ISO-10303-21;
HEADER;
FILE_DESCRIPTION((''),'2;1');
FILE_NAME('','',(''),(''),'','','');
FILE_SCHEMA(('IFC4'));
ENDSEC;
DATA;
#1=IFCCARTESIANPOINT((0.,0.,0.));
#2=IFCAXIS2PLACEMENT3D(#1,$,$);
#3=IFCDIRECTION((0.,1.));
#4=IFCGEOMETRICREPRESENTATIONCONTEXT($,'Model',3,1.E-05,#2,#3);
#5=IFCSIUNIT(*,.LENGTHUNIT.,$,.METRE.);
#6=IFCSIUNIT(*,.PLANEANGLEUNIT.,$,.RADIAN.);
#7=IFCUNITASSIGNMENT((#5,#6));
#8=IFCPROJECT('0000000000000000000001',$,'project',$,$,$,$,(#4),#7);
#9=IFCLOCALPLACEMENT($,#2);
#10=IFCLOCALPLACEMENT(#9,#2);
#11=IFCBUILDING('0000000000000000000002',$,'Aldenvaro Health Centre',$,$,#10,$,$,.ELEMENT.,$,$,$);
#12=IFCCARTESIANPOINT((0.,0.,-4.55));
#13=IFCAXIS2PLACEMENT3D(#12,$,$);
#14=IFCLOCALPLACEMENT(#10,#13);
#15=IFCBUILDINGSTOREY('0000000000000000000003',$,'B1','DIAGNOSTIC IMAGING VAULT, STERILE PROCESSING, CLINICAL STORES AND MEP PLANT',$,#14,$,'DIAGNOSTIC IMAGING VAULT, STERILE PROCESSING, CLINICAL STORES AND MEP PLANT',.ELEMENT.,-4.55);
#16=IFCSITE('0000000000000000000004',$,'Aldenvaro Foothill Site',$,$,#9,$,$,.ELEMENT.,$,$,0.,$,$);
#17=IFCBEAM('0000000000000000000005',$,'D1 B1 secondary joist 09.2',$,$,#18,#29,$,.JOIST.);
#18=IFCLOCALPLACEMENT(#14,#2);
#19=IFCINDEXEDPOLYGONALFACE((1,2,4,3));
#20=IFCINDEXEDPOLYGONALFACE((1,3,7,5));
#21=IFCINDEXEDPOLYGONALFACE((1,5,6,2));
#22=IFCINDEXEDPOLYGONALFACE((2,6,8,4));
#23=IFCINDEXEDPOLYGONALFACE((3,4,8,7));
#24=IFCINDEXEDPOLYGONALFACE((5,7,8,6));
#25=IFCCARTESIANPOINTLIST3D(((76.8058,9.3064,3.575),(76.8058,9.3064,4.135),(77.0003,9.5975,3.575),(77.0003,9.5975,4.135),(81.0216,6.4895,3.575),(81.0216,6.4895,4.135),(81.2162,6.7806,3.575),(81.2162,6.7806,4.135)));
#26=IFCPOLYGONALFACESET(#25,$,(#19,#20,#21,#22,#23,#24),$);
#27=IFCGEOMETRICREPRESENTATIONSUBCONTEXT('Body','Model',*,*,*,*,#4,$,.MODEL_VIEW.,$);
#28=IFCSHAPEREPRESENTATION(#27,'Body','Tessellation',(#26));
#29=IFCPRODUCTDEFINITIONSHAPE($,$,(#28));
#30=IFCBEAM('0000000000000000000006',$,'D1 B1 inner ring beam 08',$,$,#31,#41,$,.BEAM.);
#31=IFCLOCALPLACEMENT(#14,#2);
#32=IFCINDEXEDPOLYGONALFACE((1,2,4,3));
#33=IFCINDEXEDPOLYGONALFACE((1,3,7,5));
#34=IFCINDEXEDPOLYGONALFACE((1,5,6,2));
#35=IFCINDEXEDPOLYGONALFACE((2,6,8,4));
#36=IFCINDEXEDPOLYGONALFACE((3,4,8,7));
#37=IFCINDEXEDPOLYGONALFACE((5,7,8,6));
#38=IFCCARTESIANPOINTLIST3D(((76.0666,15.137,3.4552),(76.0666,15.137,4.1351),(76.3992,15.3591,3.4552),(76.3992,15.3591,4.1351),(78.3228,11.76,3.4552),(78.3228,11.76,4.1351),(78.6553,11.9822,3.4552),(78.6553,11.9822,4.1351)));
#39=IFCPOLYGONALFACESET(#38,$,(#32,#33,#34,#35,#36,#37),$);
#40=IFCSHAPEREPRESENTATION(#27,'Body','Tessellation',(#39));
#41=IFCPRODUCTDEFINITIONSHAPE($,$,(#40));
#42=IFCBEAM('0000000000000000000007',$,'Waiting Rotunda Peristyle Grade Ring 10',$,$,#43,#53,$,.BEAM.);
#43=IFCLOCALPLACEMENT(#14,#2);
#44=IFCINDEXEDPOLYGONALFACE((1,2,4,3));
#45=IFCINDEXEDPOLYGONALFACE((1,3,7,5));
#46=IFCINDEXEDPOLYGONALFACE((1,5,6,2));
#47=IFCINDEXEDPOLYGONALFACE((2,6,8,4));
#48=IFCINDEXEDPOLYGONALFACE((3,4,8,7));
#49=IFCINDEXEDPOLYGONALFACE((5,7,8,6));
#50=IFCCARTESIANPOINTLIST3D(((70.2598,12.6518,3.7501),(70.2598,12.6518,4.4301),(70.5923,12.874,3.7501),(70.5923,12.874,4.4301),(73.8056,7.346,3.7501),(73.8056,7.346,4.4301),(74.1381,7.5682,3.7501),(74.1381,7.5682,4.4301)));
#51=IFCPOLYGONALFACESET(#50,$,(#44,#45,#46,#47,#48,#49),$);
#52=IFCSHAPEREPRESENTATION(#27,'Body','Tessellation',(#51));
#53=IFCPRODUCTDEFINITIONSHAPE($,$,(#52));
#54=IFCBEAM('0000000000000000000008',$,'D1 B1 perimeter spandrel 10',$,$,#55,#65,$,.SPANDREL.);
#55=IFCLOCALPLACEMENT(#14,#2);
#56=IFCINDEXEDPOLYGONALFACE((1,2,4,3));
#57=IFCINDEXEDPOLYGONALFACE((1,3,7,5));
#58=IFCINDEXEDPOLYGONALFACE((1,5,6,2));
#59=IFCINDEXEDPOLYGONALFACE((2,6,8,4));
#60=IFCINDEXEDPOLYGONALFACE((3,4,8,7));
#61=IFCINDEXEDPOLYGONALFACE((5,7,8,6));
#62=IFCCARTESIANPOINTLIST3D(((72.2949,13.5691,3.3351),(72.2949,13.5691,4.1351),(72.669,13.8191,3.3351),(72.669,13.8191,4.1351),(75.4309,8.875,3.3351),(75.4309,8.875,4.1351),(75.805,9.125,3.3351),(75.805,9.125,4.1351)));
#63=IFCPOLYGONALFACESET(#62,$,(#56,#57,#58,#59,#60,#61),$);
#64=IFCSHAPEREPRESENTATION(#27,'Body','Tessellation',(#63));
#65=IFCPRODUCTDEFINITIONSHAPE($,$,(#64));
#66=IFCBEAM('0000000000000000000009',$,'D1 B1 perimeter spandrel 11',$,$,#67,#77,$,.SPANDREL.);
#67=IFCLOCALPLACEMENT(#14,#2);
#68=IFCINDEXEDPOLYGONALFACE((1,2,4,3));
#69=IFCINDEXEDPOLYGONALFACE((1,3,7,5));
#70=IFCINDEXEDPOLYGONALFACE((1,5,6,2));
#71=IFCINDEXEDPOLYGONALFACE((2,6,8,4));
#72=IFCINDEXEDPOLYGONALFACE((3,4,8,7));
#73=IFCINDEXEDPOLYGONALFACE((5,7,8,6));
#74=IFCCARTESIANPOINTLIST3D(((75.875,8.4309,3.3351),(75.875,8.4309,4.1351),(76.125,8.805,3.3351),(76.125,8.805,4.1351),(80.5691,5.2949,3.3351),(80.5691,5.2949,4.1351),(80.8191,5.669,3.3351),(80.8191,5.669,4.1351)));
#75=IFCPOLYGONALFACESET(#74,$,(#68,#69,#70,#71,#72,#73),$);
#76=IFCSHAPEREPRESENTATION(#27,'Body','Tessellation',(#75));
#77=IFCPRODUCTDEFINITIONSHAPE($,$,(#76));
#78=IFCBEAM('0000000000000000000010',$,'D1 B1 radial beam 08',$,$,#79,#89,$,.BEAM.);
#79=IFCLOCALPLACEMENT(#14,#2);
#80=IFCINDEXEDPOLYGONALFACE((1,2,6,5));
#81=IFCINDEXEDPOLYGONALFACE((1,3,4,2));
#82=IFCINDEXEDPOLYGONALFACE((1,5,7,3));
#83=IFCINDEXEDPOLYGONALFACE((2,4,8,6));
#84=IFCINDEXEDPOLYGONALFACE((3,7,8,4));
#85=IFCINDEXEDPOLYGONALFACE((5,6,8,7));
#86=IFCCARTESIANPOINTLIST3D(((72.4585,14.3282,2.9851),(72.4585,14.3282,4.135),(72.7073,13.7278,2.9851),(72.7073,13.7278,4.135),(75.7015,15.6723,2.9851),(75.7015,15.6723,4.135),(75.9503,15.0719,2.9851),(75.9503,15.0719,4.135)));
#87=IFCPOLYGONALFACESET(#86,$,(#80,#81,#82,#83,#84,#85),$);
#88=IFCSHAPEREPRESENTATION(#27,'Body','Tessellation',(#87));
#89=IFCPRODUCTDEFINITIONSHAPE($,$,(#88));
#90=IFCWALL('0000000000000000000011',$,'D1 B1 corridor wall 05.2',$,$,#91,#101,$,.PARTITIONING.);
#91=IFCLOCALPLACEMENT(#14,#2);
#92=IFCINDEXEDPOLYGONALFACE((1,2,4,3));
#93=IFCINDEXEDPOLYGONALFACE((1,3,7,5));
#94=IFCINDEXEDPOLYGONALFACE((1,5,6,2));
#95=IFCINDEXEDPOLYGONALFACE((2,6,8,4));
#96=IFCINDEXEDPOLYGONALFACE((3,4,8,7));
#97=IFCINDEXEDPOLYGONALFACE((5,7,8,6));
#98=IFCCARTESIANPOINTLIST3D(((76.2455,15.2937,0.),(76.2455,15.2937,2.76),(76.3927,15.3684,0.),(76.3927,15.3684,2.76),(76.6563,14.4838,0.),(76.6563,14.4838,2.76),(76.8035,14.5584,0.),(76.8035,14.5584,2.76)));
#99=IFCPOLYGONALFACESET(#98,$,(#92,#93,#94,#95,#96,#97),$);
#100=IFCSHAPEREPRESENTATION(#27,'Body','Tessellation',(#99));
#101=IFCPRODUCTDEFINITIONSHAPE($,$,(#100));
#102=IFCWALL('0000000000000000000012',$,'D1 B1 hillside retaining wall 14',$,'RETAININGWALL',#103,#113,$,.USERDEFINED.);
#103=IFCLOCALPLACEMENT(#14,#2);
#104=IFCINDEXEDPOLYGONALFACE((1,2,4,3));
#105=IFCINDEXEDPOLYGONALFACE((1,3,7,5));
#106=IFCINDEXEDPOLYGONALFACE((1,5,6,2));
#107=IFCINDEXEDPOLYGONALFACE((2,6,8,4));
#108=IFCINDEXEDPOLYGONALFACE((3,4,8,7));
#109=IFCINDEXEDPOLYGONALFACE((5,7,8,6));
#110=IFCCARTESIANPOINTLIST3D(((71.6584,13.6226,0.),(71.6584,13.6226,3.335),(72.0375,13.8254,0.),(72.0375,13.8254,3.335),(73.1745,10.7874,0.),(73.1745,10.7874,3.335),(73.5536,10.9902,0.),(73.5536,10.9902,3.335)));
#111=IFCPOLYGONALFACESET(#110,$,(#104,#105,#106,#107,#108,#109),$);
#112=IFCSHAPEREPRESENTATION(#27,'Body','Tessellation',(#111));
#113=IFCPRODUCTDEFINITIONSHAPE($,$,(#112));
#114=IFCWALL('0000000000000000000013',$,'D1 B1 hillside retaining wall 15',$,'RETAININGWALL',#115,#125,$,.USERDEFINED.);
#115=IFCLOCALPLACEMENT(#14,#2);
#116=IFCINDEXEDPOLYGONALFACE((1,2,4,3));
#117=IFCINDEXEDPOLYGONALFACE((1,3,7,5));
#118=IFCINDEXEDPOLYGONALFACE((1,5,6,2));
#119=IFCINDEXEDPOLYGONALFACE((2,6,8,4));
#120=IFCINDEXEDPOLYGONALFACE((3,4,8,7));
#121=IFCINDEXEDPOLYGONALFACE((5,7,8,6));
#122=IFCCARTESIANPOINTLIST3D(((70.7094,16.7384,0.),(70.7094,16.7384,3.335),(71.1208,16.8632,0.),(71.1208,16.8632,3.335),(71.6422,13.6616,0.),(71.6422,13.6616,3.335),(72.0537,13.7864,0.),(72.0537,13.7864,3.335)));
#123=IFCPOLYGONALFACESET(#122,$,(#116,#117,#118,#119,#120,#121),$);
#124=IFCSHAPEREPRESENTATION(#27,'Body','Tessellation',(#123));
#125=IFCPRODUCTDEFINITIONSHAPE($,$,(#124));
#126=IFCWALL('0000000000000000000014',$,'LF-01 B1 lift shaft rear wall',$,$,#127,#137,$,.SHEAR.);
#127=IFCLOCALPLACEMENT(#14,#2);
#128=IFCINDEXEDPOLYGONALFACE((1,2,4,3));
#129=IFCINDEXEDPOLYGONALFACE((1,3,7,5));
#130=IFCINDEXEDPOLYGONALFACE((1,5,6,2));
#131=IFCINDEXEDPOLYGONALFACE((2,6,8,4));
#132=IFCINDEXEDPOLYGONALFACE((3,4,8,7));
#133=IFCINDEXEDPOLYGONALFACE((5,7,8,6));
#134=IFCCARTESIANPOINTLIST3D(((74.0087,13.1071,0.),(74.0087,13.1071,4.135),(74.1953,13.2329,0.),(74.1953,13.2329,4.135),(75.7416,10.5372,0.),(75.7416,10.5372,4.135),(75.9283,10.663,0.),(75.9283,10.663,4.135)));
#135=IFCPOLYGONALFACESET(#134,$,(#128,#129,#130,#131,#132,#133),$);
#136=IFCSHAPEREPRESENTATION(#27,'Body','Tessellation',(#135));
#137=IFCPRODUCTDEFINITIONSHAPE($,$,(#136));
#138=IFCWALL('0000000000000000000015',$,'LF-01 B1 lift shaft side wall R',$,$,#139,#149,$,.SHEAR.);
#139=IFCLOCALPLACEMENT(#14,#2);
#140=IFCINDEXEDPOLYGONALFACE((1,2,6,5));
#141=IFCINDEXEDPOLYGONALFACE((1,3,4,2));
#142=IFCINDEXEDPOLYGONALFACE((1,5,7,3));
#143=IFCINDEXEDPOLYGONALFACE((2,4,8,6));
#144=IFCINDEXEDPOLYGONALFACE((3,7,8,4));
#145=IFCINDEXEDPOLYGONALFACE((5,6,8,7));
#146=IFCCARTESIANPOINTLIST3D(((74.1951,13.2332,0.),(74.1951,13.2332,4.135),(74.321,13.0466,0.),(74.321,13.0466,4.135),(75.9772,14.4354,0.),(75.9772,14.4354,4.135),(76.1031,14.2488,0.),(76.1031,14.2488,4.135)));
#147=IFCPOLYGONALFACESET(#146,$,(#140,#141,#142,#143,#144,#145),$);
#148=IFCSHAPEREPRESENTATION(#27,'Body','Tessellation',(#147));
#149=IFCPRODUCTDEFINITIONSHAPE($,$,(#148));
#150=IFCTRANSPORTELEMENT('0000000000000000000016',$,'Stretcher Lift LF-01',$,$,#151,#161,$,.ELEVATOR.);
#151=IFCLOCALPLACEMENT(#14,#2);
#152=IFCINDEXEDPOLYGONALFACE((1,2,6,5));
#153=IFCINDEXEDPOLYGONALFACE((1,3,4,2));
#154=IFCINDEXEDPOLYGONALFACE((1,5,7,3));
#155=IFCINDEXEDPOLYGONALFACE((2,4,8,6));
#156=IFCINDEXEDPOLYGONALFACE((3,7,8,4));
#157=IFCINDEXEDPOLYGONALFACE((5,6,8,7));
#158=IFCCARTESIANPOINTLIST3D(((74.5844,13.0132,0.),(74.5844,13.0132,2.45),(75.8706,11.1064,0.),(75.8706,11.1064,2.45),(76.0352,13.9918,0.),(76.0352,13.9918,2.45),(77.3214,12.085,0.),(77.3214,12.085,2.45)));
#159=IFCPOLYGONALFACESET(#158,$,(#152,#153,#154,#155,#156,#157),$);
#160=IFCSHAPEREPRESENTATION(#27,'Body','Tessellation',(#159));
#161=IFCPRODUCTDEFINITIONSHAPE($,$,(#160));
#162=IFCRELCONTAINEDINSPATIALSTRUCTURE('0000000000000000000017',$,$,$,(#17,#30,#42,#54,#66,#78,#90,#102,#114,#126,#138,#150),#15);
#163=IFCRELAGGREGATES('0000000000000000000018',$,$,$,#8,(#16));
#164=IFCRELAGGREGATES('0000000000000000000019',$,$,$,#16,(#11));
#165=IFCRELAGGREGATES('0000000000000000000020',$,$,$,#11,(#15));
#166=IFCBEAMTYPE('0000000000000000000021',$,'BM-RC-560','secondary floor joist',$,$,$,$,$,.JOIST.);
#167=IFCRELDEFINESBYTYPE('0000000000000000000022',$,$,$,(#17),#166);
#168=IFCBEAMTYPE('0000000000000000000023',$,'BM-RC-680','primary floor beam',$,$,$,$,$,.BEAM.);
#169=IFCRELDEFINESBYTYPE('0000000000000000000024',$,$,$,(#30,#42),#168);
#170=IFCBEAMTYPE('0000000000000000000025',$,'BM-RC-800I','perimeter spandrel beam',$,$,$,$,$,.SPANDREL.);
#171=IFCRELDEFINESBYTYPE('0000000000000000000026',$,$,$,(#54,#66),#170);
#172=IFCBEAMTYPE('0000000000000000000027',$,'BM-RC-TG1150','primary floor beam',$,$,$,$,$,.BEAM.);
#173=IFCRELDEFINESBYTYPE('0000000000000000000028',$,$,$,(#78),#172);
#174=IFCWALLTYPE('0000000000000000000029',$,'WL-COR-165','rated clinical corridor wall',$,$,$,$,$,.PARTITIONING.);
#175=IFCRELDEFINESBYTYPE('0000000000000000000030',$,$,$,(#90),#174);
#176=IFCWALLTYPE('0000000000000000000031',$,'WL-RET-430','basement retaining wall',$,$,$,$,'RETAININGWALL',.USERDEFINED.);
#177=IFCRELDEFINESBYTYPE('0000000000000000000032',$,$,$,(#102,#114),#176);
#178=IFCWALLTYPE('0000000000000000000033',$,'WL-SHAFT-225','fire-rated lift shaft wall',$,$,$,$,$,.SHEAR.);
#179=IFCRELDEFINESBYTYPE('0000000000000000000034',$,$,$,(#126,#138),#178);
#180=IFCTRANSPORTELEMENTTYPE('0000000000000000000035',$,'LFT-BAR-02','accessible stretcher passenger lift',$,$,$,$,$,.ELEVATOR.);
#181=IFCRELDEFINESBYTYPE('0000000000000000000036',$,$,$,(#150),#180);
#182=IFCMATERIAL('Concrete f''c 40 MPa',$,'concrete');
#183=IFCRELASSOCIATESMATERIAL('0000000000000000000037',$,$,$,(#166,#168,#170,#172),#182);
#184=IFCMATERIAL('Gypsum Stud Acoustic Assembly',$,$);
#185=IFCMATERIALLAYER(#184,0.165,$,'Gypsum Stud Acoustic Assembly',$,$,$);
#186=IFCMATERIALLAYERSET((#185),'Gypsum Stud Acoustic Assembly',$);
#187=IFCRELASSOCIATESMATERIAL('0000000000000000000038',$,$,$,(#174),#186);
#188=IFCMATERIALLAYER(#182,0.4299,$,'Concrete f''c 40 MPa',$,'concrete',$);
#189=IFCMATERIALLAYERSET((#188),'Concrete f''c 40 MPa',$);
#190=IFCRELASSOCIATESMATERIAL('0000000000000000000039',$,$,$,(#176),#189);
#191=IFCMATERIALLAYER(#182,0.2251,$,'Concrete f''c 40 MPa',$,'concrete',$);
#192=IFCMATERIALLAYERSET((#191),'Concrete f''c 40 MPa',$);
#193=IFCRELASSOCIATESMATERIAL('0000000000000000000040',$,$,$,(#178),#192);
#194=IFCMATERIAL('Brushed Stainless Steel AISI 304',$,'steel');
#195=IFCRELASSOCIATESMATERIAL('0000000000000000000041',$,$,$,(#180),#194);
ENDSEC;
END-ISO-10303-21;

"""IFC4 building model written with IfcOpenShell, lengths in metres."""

from ifc_helpers import new_model, si_unit, direction, frame, frame_2d, origin, origin_2d, place, context, subcontext, project, spatial, rectangle, extrude, material, layer, layer_set, material_profile, profile_set, type_object, element, save


model = new_model("IFC4")

# Units and contexts
model_context = context("Model", 3, precision=1e-05, world=origin(), true_north=direction((0.0, 1.0)))
body_context = subcontext(model_context, "Body", "Model", "MODEL_VIEW")
ifc_project = project(units=[si_unit("LENGTHUNIT", "METRE"), si_unit("PLANEANGLEUNIT", "RADIAN")], contexts=[model_context])

# Site, building, storey
site_placement = place(None, origin())
site = spatial("IfcSite", under=ifc_project, at=site_placement, Name="Aldenvaro Foothill Site", CompositionType="ELEMENT", RefElevation=0.0)
building_placement = place(site_placement, origin())
building = spatial("IfcBuilding", under=site, at=building_placement, Name="Aldenvaro Health Centre", CompositionType="ELEMENT")
storey_placement = place(building_placement, frame((0.0, 0.0, -4.55)))
storey = spatial("IfcBuildingStorey", under=building, at=storey_placement, Name="B1", Description="DIAGNOSTIC IMAGING VAULT, STERILE PROCESSING, CLINICAL STORES AND MEP PLANT", LongName="DIAGNOSTIC IMAGING VAULT, STERILE PROCESSING, CLINICAL STORES AND MEP PLANT", CompositionType="ELEMENT", Elevation=-4.55)

# Shared definitions
ifc_material_1 = material(Name="Concrete f'c 40 MPa", Category="concrete")

# Beams
ifc_material_profile_1 = material_profile(ifc_material_1, rectangle(XDim=0.3501, YDim=0.5601, at=origin_2d()), Name="RC 350x560", Category="concrete")
ifc_profile_set_1 = profile_set([ifc_material_profile_1], Name="Concrete f'c 40 MPa")
beam_type_1 = type_object("IfcBeamType", Name="BM-RC-560", Description="secondary floor joist", PredefinedType="JOIST", material=ifc_profile_set_1)
beam_1_placement = place(storey_placement, frame((76.9031, 9.4519, 3.855), z_axis=(0.831472, -0.555567, 0.0), x_axis=(0.555567, 0.831472, 0.0)))
element("IfcBeam", 1, at=beam_1_placement, inside=storey, type_object=beam_type_1, Name="D1 B1 secondary joist 09.2", PredefinedType="JOIST", context=body_context, shape_type="SweptSolid", body=[
    extrude(rectangle(XDim=0.3501, YDim=0.5601, at=origin_2d()), origin(), (0.0, 0.0, 1.0), 5.0703),
])
ifc_material_profile_2 = material_profile(ifc_material_1, rectangle(XDim=0.3999, YDim=0.6799, at=origin_2d()), Name="RC 400x680", Category="concrete")
ifc_profile_set_2 = profile_set([ifc_material_profile_2], Name="Concrete f'c 40 MPa")
beam_type_2 = type_object("IfcBeamType", Name="BM-RC-680", Description="primary floor beam", PredefinedType="BEAM", material=ifc_profile_set_2)
beam_2_placement = place(storey_placement, frame((76.2329, 15.248, 3.7952), z_axis=(0.555518, -0.831504, 0.0), x_axis=(0.831504, 0.555518, 0.0)))
element("IfcBeam", 2, at=beam_2_placement, inside=storey, type_object=beam_type_2, Name="D1 B1 inner ring beam 08", PredefinedType="BEAM", context=body_context, shape_type="SweptSolid", body=[
    extrude(rectangle(XDim=0.3999, YDim=0.6799, at=origin_2d()), origin(), (0.0, 0.0, 1.0), 4.0613),
])
beam_3_placement = place(storey_placement, frame((70.426, 12.7629, 4.0901), z_axis=(0.555636, -0.831426, 0.0), x_axis=(0.831426, 0.555636, 0.0)))
element("IfcBeam", 3, at=beam_3_placement, inside=storey, type_object=beam_type_2, Name="Waiting Rotunda Peristyle Grade Ring 10", PredefinedType="BEAM", context=body_context, shape_type="SweptSolid", body=[
    extrude(rectangle(XDim=0.3999, YDim=0.6799, at=origin_2d()), origin(), (0.0, 0.0, 1.0), 6.3816),
])
ifc_material_profile_3 = material_profile(ifc_material_1, rectangle(XDim=0.45, YDim=0.8, at=origin_2d()), Name="RC 450x800", Category="concrete")
ifc_profile_set_3 = profile_set([ifc_material_profile_3], Name="Concrete f'c 40 MPa")
beam_type_3 = type_object("IfcBeamType", Name="BM-RC-800I", Description="perimeter spandrel beam", PredefinedType="SPANDREL", material=ifc_profile_set_3)
for number, where, z_axis, x_axis, name in (
    (4, (72.4819, 13.6941, 3.7351), (0.555508, -0.831511, 0.0), (0.831511, 0.555508, 0.0), "D1 B1 perimeter spandrel 10"),
    (5, (76.0, 8.6179, 3.7351), (0.831511, -0.555508, 0.0), (0.555508, 0.831511, 0.0), "D1 B1 perimeter spandrel 11"),
):
    element("IfcBeam", number, at=place(storey_placement, frame(where, z_axis=z_axis, x_axis=x_axis)), inside=storey, type_object=beam_type_3, Name=name, PredefinedType="SPANDREL", context=body_context, shape_type="SweptSolid", body=[
        extrude(rectangle(XDim=0.45, YDim=0.8, at=origin_2d()), origin(), (0.0, 0.0, 1.0), 5.6453),
    ])
ifc_material_profile_4 = material_profile(ifc_material_1, rectangle(XDim=0.6499, YDim=1.1499, at=origin_2d()), Name="RC 650x1150", Category="concrete")
ifc_profile_set_4 = profile_set([ifc_material_profile_4], Name="Concrete f'c 40 MPa")
beam_type_4 = type_object("IfcBeamType", Name="BM-RC-TG1150", Description="primary floor beam", PredefinedType="BEAM", material=ifc_profile_set_4)
beam_4_placement = place(storey_placement, frame((75.8259, 15.3721, 3.5601), z_axis=(-0.923806, -0.382862, 0.0), x_axis=(0.382862, -0.923806, 0.0)))
element("IfcBeam", 6, at=beam_4_placement, inside=storey, type_object=beam_type_4, Name="D1 B1 radial beam 08", PredefinedType="BEAM", context=body_context, shape_type="SweptSolid", body=[
    extrude(rectangle(XDim=0.6499, YDim=1.1499, at=origin_2d()), origin(), (0.0, 0.0, 1.0), 3.5105),
])

# Walls
ifc_material_2 = material(Name="Gypsum Stud Acoustic Assembly")
ifc_layer_1 = layer(ifc_material_2, 0.165, Name="Gypsum Stud Acoustic Assembly")
ifc_layer_set_1 = layer_set([ifc_layer_1], Name="Gypsum Stud Acoustic Assembly")
wall_type_1 = type_object("IfcWallType", Name="WL-COR-165", Description="rated clinical corridor wall", PredefinedType="PARTITIONING", material=ifc_layer_set_1)
wall_1_placement = place(storey_placement, frame((76.3191, 15.3311, 0.0), z_axis=(0.0, 0.0, 1.0), x_axis=(0.452367, -0.891832, 0.0)))
element("IfcWall", 7, at=wall_1_placement, inside=storey, type_object=wall_type_1, Name="D1 B1 corridor wall 05.2", PredefinedType="PARTITIONING", context=body_context, shape_type="SweptSolid", body=[
    extrude(rectangle(XDim=0.9082, YDim=0.165, at=frame_2d((0.4541, 0.0))), origin(), (0.0, 0.0, 1.0), 2.76),
])
ifc_layer_2 = layer(ifc_material_1, 0.4299, Name="Concrete f'c 40 MPa", Category="concrete")
ifc_layer_set_2 = layer_set([ifc_layer_2], Name="Concrete f'c 40 MPa")
wall_type_2 = type_object("IfcWallType", Name="WL-RET-430", Description="basement retaining wall", ElementType="RETAININGWALL", PredefinedType="USERDEFINED", material=ifc_layer_set_2)
for number, where, z_axis, x_axis, name in (
    (8, (73.364, 10.8889, 0.0), (0.0, 0.0, 1.0), (-0.471558, 0.881835, 0.0), "D1 B1 hillside retaining wall 14"),
    (9, (71.8479, 13.7241, 0.0), (0.0, 0.0, 1.0), (-0.29014, 0.956984, 0.0), "D1 B1 hillside retaining wall 15"),
):
    element("IfcWall", number, at=place(storey_placement, frame(where, z_axis=z_axis, x_axis=x_axis)), inside=storey, type_object=wall_type_2, Name=name, ObjectType="RETAININGWALL", PredefinedType="USERDEFINED", context=body_context, shape_type="SweptSolid", body=[
        extrude(rectangle(XDim=3.2151, YDim=0.4299, at=frame_2d((1.6074, 0.0))), origin(), (0.0, 0.0, 1.0), 3.335),
    ])
ifc_layer_3 = layer(ifc_material_1, 0.2251, Name="Concrete f'c 40 MPa", Category="concrete")
ifc_layer_set_3 = layer_set([ifc_layer_3], Name="Concrete f'c 40 MPa")
wall_type_3 = type_object("IfcWallType", Name="WL-SHAFT-225", Description="fire-rated lift shaft wall", PredefinedType="SHEAR", material=ifc_layer_set_3)
wall_2_placement = place(storey_placement, frame((75.835, 10.6001, 0.0), z_axis=(0.0, 0.0, 1.0), x_axis=(-0.559091, 0.829106, 0.0)))
element("IfcWall", 10, at=wall_2_placement, inside=storey, type_object=wall_type_3, Name="LF-01 B1 lift shaft rear wall", PredefinedType="SHEAR", context=body_context, shape_type="SweptSolid", body=[
    extrude(rectangle(XDim=3.0996, YDim=0.2251, at=frame_2d((1.5498, 0.0))), origin(), (0.0, 0.0, 1.0), 4.135),
])
wall_3_placement = place(storey_placement, frame((76.04, 14.342, 0.0), z_axis=(0.0, 0.0, 1.0), x_axis=(-0.828997, -0.559252, 0.0)))
element("IfcWall", 11, at=wall_3_placement, inside=storey, type_object=wall_type_3, Name="LF-01 B1 lift shaft side wall R", PredefinedType="SHEAR", context=body_context, shape_type="SweptSolid", body=[
    extrude(rectangle(XDim=2.1497, YDim=0.2251, at=frame_2d((1.0747, 0.0))), origin(), (0.0, 0.0, 1.0), 4.135),
])

# Transport element
ifc_material_3 = material(Name="Brushed Stainless Steel AISI 304", Category="steel")
transport_element_type = type_object("IfcTransportElementType", Name="LFT-BAR-02", Description="accessible stretcher passenger lift", PredefinedType="ELEVATOR", material=ifc_material_3)
transport_element_placement = place(storey_placement, frame((75.9529, 12.5491, 0.0), z_axis=(0.0, 0.0, 1.0), x_axis=(-0.559193, 0.829038, 0.0)))
element("IfcTransportElement", 12, at=transport_element_placement, inside=storey, type_object=transport_element_type, Name="Stretcher Lift LF-01", PredefinedType="ELEVATOR", context=body_context, shape_type="SweptSolid", body=[
    extrude(rectangle(XDim=2.3, YDim=1.75, at=origin_2d()), origin(), (0.0, 0.0, 1.0), 2.45),
])

save(model, "model.ifc")
